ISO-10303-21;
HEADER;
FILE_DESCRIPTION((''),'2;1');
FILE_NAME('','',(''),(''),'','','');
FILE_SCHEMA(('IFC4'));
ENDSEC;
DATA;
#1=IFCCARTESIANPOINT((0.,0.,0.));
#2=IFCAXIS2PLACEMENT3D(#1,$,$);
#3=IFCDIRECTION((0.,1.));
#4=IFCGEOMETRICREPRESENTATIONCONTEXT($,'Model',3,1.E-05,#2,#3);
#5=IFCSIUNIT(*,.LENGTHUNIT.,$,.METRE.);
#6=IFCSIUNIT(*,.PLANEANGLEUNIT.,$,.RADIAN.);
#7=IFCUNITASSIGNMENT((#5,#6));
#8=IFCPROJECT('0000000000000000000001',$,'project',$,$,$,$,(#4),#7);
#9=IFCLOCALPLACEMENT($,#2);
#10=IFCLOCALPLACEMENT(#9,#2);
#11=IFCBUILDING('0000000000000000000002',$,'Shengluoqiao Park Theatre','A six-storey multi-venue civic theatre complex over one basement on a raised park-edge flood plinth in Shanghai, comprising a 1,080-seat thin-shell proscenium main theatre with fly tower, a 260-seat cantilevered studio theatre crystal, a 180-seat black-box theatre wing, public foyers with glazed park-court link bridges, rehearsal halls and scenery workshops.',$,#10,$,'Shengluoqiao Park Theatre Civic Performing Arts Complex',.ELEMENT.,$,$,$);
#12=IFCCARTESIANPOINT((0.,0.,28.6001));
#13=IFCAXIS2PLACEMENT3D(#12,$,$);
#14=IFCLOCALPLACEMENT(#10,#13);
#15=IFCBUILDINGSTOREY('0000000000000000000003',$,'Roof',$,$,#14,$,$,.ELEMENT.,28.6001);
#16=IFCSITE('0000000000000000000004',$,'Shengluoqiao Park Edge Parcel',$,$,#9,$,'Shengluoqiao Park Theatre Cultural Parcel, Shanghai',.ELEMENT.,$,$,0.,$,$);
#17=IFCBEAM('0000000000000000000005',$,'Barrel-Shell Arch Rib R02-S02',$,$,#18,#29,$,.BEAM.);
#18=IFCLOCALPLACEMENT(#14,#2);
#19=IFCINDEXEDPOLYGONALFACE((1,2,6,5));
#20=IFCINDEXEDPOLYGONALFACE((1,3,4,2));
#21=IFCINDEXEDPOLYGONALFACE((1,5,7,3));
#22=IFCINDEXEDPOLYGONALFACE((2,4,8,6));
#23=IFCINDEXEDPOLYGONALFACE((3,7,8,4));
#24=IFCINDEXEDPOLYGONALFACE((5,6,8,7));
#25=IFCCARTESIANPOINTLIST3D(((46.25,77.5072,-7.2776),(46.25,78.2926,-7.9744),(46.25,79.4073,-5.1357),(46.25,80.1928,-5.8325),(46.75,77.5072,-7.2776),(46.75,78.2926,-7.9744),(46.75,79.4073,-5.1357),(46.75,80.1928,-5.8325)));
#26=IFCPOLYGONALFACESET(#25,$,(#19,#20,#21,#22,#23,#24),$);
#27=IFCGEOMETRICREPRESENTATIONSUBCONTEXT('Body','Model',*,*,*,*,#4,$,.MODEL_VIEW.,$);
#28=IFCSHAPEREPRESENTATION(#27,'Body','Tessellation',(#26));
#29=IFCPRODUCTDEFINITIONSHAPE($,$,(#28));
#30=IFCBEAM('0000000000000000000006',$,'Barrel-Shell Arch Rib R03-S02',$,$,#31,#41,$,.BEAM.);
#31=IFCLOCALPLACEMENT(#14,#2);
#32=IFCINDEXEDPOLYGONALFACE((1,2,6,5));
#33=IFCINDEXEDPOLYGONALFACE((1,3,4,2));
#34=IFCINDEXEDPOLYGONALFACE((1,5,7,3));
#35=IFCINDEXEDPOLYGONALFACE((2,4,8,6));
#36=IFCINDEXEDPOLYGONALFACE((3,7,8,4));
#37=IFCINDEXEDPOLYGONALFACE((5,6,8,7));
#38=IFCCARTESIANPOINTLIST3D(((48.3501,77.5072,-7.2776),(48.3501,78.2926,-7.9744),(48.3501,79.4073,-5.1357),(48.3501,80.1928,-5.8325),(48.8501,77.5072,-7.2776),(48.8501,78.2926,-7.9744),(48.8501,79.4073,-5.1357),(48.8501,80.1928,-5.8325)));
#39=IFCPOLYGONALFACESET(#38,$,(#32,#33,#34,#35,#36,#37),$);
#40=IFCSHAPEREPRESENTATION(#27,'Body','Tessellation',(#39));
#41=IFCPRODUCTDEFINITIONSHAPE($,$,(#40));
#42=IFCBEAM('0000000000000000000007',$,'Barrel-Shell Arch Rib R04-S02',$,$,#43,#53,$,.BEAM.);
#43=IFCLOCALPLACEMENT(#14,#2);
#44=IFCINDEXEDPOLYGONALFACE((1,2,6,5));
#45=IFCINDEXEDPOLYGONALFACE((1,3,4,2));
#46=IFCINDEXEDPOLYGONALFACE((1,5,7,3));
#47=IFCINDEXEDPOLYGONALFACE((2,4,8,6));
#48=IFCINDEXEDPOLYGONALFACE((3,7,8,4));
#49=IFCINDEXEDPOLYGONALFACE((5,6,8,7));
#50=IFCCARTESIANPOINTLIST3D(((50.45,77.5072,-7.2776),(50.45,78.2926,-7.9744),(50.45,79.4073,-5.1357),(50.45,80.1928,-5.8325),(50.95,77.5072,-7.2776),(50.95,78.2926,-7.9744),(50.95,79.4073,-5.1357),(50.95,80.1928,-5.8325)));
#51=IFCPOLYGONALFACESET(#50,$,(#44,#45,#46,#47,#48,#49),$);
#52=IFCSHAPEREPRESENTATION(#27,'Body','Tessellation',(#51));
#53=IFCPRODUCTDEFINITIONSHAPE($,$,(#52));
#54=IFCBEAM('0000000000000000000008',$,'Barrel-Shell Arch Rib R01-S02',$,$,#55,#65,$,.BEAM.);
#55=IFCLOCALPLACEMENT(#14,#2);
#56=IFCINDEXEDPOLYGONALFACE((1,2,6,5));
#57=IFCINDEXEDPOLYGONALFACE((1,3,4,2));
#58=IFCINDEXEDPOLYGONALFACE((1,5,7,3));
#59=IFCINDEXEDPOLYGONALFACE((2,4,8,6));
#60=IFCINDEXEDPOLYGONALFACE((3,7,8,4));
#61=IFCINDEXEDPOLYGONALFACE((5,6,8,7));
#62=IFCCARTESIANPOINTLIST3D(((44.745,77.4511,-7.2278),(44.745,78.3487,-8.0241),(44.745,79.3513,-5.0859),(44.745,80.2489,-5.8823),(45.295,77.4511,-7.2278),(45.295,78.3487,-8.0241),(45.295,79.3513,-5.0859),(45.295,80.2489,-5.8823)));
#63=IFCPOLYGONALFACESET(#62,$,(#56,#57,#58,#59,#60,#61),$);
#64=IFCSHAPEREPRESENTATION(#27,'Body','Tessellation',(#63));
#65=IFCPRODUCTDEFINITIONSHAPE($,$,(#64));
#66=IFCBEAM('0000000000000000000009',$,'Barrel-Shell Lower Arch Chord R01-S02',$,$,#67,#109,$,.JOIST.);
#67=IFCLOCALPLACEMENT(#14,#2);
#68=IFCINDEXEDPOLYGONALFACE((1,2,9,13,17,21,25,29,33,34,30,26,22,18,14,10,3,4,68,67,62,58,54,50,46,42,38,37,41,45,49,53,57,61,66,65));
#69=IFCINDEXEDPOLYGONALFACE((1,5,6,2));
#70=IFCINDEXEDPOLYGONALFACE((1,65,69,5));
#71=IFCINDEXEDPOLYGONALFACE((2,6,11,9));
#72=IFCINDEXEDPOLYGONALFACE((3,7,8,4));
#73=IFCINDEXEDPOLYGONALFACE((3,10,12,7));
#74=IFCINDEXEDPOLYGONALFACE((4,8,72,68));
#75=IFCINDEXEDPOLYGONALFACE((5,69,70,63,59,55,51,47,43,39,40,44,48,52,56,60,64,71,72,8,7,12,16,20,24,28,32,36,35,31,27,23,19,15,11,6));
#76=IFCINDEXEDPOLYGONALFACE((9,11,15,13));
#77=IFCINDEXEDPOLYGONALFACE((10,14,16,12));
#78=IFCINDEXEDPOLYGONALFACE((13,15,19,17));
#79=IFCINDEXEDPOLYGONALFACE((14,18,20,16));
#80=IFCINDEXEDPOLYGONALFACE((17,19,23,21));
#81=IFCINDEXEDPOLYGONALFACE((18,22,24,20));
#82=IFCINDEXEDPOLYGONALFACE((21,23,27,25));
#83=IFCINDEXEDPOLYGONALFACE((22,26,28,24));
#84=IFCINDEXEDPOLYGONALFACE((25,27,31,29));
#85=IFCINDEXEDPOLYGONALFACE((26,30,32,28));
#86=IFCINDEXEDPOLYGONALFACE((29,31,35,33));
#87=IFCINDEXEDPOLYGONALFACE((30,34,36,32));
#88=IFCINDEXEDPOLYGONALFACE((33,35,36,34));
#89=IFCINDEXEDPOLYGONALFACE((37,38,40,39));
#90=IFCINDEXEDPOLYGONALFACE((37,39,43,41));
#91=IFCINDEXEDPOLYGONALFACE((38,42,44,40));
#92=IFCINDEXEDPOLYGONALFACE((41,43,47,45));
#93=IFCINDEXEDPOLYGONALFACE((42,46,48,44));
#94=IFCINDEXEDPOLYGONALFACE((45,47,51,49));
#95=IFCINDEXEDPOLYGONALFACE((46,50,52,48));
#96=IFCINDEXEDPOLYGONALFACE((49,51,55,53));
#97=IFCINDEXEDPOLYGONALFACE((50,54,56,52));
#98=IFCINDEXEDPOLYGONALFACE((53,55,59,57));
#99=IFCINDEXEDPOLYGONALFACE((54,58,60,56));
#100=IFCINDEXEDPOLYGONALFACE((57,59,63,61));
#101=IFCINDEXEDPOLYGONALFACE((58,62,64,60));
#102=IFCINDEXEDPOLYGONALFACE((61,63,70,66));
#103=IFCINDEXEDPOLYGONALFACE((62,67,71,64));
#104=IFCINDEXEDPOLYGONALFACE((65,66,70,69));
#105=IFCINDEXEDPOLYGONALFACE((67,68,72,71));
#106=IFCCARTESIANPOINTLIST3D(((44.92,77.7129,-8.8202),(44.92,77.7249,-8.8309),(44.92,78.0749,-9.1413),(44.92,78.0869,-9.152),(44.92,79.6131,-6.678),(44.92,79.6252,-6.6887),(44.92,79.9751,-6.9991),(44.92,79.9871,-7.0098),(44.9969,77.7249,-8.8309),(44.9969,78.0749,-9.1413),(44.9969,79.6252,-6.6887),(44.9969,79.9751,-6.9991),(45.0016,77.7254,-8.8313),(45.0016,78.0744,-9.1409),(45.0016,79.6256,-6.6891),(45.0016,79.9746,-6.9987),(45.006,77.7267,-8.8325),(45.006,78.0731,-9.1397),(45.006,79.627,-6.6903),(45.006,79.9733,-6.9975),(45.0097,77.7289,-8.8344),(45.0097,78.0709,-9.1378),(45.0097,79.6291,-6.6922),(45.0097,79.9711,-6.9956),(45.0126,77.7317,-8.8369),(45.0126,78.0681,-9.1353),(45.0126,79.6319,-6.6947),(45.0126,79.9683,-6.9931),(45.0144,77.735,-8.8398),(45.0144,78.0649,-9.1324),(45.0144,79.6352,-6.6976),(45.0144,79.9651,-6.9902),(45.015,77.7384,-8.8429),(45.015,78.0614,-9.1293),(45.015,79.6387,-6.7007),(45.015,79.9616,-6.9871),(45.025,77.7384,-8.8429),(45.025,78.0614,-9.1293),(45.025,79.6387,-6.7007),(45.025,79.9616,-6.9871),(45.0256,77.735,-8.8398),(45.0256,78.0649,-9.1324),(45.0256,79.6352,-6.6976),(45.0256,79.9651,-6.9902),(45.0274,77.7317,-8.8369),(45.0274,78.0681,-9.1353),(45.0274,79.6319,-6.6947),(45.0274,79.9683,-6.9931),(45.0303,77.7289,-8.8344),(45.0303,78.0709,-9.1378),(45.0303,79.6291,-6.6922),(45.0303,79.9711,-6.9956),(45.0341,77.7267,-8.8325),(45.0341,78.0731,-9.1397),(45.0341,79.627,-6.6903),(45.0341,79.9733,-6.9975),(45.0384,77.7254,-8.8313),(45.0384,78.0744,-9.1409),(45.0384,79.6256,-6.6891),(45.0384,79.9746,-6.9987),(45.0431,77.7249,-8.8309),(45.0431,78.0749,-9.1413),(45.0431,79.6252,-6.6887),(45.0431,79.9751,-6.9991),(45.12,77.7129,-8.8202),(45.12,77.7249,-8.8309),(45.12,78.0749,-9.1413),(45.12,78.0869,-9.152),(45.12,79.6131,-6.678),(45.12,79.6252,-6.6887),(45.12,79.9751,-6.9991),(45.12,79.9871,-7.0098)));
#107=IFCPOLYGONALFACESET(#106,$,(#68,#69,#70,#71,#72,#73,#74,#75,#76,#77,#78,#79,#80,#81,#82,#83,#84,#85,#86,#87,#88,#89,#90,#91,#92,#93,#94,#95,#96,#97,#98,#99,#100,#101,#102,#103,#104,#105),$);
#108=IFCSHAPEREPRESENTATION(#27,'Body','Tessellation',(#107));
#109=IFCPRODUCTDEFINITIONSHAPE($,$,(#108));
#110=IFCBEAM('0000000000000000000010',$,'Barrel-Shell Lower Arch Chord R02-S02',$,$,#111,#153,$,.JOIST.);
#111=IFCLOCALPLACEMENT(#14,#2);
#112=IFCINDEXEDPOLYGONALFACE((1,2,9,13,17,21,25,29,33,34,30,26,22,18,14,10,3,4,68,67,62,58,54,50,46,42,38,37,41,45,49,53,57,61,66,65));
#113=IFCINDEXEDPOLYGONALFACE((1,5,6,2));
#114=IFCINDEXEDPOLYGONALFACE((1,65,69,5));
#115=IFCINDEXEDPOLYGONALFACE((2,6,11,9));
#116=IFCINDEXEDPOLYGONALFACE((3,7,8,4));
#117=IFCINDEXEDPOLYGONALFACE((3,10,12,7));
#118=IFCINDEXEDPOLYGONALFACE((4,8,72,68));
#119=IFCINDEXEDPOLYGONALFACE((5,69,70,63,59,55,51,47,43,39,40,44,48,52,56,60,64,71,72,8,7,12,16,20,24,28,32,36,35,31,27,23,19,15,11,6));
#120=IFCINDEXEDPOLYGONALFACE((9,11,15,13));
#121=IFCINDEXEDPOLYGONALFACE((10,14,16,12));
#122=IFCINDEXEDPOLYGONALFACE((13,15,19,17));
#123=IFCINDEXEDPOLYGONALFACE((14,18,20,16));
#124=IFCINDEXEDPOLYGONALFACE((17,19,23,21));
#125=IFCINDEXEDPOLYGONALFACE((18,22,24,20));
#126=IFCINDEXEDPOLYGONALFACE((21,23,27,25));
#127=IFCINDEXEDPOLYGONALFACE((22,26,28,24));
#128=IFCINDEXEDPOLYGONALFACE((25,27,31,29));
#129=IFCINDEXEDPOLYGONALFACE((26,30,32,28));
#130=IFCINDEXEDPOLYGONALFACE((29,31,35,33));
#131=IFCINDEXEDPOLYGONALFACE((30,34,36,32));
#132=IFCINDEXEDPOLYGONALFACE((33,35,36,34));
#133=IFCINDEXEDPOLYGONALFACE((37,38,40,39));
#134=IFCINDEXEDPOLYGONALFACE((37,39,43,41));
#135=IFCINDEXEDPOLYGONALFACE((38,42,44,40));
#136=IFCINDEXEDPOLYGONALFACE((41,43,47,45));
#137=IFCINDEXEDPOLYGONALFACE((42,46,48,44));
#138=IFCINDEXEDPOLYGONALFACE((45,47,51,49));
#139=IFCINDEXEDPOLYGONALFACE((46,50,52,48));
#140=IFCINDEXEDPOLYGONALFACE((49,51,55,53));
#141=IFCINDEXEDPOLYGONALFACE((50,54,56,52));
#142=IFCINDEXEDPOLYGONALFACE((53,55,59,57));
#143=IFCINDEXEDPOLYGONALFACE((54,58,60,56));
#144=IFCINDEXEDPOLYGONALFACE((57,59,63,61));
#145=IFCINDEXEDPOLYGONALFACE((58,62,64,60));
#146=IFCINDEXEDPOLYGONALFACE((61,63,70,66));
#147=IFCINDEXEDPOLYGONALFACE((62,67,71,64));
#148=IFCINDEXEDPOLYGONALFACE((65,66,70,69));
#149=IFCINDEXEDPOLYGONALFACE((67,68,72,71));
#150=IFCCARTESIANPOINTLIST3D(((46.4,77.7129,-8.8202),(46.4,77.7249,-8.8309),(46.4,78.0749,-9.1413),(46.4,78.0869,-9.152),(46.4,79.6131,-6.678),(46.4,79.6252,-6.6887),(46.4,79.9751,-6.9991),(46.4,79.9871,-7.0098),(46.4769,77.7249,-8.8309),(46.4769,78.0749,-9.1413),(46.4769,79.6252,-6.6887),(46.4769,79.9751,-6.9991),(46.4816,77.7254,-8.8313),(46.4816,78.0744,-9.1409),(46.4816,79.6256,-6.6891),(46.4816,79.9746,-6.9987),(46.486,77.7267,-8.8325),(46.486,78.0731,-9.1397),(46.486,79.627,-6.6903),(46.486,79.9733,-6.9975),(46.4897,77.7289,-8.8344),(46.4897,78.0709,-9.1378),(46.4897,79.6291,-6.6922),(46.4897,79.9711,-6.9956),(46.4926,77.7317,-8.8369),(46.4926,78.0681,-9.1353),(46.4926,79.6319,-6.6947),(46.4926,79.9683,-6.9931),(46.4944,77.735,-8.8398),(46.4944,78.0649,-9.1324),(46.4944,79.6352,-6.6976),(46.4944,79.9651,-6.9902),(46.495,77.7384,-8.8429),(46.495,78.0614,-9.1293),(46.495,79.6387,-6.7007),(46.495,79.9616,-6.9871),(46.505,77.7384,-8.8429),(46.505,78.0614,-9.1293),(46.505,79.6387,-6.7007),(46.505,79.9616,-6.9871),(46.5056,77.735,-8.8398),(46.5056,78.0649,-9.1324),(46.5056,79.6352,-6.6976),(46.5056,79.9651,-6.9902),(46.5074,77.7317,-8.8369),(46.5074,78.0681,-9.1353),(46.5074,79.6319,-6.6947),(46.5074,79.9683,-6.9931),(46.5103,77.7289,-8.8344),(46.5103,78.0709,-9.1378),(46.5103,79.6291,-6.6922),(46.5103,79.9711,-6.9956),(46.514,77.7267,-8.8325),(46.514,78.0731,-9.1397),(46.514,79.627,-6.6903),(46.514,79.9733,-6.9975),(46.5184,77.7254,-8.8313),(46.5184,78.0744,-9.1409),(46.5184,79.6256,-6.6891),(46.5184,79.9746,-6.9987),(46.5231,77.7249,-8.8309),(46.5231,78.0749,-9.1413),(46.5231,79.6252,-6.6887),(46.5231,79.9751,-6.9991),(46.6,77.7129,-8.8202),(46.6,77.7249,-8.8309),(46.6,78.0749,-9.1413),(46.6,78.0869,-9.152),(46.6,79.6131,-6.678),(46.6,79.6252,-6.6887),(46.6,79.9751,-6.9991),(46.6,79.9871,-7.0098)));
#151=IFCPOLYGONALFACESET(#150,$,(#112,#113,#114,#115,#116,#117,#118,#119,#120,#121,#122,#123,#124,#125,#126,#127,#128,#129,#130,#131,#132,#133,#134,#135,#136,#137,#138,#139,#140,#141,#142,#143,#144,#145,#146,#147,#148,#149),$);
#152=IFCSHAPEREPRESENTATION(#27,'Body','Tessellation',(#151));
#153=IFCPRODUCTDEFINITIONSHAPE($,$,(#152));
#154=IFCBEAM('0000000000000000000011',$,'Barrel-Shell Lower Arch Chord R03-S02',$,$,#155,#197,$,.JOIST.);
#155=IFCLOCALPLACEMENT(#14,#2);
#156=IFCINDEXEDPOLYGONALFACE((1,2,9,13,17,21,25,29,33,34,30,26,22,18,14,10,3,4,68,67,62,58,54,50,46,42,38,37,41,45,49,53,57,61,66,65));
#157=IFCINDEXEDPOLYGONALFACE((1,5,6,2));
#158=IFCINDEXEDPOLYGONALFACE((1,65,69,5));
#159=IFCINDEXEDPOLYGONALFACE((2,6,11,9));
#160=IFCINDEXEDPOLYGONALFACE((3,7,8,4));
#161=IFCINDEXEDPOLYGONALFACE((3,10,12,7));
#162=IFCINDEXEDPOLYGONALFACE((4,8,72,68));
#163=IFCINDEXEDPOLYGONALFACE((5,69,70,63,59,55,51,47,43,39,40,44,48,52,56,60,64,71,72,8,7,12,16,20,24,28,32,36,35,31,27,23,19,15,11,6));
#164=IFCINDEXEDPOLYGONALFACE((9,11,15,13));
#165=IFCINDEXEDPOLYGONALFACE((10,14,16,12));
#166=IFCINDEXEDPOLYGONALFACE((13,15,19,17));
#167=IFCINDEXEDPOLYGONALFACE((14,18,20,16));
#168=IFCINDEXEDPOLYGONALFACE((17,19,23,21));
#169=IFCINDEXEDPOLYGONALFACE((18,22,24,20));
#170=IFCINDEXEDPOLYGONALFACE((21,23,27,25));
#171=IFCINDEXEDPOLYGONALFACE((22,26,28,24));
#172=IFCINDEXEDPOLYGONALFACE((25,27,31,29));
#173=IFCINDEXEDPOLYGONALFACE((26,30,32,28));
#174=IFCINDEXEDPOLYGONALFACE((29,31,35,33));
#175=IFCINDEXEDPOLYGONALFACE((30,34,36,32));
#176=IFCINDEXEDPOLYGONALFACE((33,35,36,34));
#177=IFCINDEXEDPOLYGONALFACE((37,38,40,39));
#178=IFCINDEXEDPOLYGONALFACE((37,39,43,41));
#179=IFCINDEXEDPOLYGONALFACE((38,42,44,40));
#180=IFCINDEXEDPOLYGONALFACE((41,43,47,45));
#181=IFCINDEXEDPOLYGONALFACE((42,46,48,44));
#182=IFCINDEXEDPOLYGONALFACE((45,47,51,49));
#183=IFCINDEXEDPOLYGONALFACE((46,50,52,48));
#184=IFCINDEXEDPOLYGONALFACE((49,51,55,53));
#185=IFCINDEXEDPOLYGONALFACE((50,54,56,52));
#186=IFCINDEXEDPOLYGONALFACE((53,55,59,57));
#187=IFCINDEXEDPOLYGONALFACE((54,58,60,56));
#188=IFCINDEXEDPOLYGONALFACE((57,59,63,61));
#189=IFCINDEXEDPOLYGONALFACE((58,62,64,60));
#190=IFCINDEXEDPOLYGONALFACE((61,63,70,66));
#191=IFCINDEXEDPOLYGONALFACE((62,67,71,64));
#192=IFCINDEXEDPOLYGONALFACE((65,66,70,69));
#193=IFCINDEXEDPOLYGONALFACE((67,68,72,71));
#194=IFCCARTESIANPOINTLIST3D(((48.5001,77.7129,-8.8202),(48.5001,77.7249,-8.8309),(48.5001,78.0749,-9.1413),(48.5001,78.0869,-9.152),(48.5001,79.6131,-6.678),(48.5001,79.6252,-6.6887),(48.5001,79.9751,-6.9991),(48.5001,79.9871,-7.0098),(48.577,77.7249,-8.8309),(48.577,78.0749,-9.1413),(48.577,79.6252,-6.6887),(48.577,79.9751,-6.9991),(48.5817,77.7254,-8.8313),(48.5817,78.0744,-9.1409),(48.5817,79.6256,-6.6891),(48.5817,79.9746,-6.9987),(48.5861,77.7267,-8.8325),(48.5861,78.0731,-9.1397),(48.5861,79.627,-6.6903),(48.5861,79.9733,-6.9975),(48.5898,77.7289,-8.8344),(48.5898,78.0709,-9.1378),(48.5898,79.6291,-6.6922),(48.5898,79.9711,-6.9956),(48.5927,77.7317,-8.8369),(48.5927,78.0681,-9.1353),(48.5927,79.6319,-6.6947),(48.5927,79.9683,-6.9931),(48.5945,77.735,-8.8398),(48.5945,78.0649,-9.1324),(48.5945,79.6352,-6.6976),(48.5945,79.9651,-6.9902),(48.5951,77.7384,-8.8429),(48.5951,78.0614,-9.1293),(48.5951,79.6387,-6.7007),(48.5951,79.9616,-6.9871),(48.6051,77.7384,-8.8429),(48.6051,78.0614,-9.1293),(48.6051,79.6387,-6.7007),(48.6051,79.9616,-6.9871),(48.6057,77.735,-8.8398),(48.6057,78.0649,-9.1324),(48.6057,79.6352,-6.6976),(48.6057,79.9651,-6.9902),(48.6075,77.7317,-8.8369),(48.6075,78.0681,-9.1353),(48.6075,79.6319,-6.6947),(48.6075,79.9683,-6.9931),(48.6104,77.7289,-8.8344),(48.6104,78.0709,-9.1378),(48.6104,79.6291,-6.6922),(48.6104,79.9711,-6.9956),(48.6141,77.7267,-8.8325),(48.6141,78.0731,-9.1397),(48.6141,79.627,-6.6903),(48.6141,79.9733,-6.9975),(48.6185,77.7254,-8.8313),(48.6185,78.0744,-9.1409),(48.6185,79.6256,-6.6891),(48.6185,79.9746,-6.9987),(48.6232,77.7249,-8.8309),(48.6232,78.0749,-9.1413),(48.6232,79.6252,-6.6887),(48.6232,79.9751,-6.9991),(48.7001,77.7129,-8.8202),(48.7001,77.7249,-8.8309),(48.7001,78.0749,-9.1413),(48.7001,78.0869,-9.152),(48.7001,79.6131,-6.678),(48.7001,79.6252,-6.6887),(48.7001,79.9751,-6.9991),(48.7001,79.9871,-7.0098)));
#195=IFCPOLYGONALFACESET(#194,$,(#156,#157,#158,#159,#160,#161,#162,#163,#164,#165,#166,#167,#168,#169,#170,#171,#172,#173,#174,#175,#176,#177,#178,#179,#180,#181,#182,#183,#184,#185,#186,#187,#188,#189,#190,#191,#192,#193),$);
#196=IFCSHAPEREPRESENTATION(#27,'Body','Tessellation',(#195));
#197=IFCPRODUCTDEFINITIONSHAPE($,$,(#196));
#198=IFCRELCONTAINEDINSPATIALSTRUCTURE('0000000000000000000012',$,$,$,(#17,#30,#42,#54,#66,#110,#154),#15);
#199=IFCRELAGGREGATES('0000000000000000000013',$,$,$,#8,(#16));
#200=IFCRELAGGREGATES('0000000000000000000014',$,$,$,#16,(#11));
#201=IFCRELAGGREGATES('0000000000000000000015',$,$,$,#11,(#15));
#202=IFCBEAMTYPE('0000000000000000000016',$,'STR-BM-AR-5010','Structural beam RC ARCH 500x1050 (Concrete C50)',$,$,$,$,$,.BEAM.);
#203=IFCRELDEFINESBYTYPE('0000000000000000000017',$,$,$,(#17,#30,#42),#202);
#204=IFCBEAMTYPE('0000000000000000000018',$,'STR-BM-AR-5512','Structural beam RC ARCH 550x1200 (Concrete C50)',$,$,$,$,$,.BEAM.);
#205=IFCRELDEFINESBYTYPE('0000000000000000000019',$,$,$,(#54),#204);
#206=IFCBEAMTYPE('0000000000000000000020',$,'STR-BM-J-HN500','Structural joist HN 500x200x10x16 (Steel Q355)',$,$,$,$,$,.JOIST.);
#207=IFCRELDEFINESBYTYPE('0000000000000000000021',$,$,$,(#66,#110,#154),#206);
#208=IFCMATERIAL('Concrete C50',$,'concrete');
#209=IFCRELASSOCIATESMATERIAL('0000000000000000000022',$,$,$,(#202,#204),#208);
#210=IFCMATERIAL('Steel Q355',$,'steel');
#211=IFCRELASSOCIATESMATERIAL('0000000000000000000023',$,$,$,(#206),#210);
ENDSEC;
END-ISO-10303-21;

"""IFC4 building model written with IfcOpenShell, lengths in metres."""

from ifc_helpers import new_model, si_unit, direction, frame, origin, origin_2d, place, context, subcontext, project, spatial, rectangle, i_section, extrude, material, material_profile, profile_set, type_object, element, save


model = new_model("IFC4")

# Units and contexts
model_context = context("Model", 3, precision=1e-05, world=origin(), true_north=direction((0.0, 1.0)))
body_context = subcontext(model_context, "Body", "Model", "MODEL_VIEW")
ifc_project = project(units=[si_unit("LENGTHUNIT", "METRE"), si_unit("PLANEANGLEUNIT", "RADIAN")], contexts=[model_context])

# Site, building, storey
site_placement = place(None, origin())
site = spatial("IfcSite", under=ifc_project, at=site_placement, Name="Shengluoqiao Park Edge Parcel", LongName="Shengluoqiao Park Theatre Cultural Parcel, Shanghai", CompositionType="ELEMENT", RefElevation=0.0)
building_placement = place(site_placement, origin())
building = spatial("IfcBuilding", under=site, at=building_placement, Name="Shengluoqiao Park Theatre", Description="A six-storey multi-venue civic theatre complex over one basement on a raised park-edge flood plinth in Shanghai, comprising a 1,080-seat thin-shell proscenium main theatre with fly tower, a 260-seat cantilevered studio theatre crystal, a 180-seat black-box theatre wing, public foyers with glazed park-court link bridges, rehearsal halls and scenery workshops.", LongName="Shengluoqiao Park Theatre Civic Performing Arts Complex", CompositionType="ELEMENT")
storey_placement = place(building_placement, frame((0.0, 0.0, 28.6001)))
storey = spatial("IfcBuildingStorey", under=building, at=storey_placement, Name="Roof", CompositionType="ELEMENT", Elevation=28.6001)

# Beams
ifc_material_1 = material(Name="Concrete C50", Category="concrete")
ifc_material_profile_1 = material_profile(ifc_material_1, rectangle(XDim=0.5, YDim=1.05, at=origin_2d()), Name="RC ARCH 500x1050")
ifc_profile_set_1 = profile_set([ifc_material_profile_1], Name="Concrete C50")
beam_type_1 = type_object("IfcBeamType", Name="STR-BM-AR-5010", Description="Structural beam RC ARCH 500x1050 (Concrete C50)", PredefinedType="BEAM", material=ifc_profile_set_1)
for number, where, z_axis, x_axis, name in (
    (1, (46.5, 77.8999, -7.626), (0.0, 0.663638, 0.748053), (-1.0, 0.0, 0.0), "Barrel-Shell Arch Rib R02-S02"),
    (2, (48.6001, 77.8999, -7.626), (0.0, 0.663638, 0.748053), (-1.0, 0.0, 0.0), "Barrel-Shell Arch Rib R03-S02"),
    (3, (50.7, 77.8999, -7.626), (0.0, 0.663638, 0.748053), (-1.0, 0.0, 0.0), "Barrel-Shell Arch Rib R04-S02"),
):
    element("IfcBeam", number, at=place(storey_placement, frame(where, z_axis=z_axis, x_axis=x_axis)), inside=storey, type_object=beam_type_1, Name=name, PredefinedType="BEAM", context=body_context, shape_type="SweptSolid", body=[
        extrude(rectangle(XDim=0.5, YDim=1.05, at=origin_2d()), origin(), (0.0, 0.0, 1.0), 2.8633),
    ])
ifc_material_profile_2 = material_profile(ifc_material_1, rectangle(XDim=0.55, YDim=1.2, at=origin_2d()), Name="RC ARCH 550x1200")
ifc_profile_set_2 = profile_set([ifc_material_profile_2], Name="Concrete C50")
beam_type_2 = type_object("IfcBeamType", Name="STR-BM-AR-5512", Description="Structural beam RC ARCH 550x1200 (Concrete C50)", PredefinedType="BEAM", material=ifc_profile_set_2)
beam_placement = place(storey_placement, frame((45.02, 77.8999, -7.626), z_axis=(0.0, 0.663638, 0.748053), x_axis=(-1.0, 0.0, 0.0)))
element("IfcBeam", 4, at=beam_placement, inside=storey, type_object=beam_type_2, Name="Barrel-Shell Arch Rib R01-S02", PredefinedType="BEAM", context=body_context, shape_type="SweptSolid", body=[
    extrude(rectangle(XDim=0.55, YDim=1.2, at=origin_2d()), origin(), (0.0, 0.0, 1.0), 2.8633),
])
ifc_material_2 = material(Name="Steel Q355", Category="steel")
ifc_material_profile_3 = material_profile(ifc_material_2, i_section(OverallWidth=0.2, OverallDepth=0.5, WebThickness=0.01, FlangeThickness=0.0161, FilletRadius=0.0181, at=origin_2d()), Name="HN 500x200x10x16")
ifc_profile_set_3 = profile_set([ifc_material_profile_3], Name="Steel Q355")
beam_type_3 = type_object("IfcBeamType", Name="STR-BM-J-HN500", Description="Structural joist HN 500x200x10x16 (Steel Q355)", PredefinedType="JOIST", material=ifc_profile_set_3)
for number, where, z_axis, x_axis, name in (
    (5, (45.02, 77.8999, -8.9861), (0.0, 0.663596, 0.748091), (-1.0, 0.0, 0.0), "Barrel-Shell Lower Arch Chord R01-S02"),
    (6, (46.5, 77.8999, -8.9861), (0.0, 0.663596, 0.748091), (-1.0, 0.0, 0.0), "Barrel-Shell Lower Arch Chord R02-S02"),
    (7, (48.6001, 77.8999, -8.9861), (0.0, 0.663596, 0.748091), (-1.0, 0.0, 0.0), "Barrel-Shell Lower Arch Chord R03-S02"),
):
    element("IfcBeam", number, at=place(storey_placement, frame(where, z_axis=z_axis, x_axis=x_axis)), inside=storey, type_object=beam_type_3, Name=name, PredefinedType="JOIST", context=body_context, shape_type="SweptSolid", body=[
        extrude(i_section(OverallWidth=0.2, OverallDepth=0.5, WebThickness=0.01, FlangeThickness=0.0161, FilletRadius=0.0181, at=origin_2d()), origin(), (0.0, 0.0, 1.0), 2.8635),
    ])

save(model, "model.ifc")
